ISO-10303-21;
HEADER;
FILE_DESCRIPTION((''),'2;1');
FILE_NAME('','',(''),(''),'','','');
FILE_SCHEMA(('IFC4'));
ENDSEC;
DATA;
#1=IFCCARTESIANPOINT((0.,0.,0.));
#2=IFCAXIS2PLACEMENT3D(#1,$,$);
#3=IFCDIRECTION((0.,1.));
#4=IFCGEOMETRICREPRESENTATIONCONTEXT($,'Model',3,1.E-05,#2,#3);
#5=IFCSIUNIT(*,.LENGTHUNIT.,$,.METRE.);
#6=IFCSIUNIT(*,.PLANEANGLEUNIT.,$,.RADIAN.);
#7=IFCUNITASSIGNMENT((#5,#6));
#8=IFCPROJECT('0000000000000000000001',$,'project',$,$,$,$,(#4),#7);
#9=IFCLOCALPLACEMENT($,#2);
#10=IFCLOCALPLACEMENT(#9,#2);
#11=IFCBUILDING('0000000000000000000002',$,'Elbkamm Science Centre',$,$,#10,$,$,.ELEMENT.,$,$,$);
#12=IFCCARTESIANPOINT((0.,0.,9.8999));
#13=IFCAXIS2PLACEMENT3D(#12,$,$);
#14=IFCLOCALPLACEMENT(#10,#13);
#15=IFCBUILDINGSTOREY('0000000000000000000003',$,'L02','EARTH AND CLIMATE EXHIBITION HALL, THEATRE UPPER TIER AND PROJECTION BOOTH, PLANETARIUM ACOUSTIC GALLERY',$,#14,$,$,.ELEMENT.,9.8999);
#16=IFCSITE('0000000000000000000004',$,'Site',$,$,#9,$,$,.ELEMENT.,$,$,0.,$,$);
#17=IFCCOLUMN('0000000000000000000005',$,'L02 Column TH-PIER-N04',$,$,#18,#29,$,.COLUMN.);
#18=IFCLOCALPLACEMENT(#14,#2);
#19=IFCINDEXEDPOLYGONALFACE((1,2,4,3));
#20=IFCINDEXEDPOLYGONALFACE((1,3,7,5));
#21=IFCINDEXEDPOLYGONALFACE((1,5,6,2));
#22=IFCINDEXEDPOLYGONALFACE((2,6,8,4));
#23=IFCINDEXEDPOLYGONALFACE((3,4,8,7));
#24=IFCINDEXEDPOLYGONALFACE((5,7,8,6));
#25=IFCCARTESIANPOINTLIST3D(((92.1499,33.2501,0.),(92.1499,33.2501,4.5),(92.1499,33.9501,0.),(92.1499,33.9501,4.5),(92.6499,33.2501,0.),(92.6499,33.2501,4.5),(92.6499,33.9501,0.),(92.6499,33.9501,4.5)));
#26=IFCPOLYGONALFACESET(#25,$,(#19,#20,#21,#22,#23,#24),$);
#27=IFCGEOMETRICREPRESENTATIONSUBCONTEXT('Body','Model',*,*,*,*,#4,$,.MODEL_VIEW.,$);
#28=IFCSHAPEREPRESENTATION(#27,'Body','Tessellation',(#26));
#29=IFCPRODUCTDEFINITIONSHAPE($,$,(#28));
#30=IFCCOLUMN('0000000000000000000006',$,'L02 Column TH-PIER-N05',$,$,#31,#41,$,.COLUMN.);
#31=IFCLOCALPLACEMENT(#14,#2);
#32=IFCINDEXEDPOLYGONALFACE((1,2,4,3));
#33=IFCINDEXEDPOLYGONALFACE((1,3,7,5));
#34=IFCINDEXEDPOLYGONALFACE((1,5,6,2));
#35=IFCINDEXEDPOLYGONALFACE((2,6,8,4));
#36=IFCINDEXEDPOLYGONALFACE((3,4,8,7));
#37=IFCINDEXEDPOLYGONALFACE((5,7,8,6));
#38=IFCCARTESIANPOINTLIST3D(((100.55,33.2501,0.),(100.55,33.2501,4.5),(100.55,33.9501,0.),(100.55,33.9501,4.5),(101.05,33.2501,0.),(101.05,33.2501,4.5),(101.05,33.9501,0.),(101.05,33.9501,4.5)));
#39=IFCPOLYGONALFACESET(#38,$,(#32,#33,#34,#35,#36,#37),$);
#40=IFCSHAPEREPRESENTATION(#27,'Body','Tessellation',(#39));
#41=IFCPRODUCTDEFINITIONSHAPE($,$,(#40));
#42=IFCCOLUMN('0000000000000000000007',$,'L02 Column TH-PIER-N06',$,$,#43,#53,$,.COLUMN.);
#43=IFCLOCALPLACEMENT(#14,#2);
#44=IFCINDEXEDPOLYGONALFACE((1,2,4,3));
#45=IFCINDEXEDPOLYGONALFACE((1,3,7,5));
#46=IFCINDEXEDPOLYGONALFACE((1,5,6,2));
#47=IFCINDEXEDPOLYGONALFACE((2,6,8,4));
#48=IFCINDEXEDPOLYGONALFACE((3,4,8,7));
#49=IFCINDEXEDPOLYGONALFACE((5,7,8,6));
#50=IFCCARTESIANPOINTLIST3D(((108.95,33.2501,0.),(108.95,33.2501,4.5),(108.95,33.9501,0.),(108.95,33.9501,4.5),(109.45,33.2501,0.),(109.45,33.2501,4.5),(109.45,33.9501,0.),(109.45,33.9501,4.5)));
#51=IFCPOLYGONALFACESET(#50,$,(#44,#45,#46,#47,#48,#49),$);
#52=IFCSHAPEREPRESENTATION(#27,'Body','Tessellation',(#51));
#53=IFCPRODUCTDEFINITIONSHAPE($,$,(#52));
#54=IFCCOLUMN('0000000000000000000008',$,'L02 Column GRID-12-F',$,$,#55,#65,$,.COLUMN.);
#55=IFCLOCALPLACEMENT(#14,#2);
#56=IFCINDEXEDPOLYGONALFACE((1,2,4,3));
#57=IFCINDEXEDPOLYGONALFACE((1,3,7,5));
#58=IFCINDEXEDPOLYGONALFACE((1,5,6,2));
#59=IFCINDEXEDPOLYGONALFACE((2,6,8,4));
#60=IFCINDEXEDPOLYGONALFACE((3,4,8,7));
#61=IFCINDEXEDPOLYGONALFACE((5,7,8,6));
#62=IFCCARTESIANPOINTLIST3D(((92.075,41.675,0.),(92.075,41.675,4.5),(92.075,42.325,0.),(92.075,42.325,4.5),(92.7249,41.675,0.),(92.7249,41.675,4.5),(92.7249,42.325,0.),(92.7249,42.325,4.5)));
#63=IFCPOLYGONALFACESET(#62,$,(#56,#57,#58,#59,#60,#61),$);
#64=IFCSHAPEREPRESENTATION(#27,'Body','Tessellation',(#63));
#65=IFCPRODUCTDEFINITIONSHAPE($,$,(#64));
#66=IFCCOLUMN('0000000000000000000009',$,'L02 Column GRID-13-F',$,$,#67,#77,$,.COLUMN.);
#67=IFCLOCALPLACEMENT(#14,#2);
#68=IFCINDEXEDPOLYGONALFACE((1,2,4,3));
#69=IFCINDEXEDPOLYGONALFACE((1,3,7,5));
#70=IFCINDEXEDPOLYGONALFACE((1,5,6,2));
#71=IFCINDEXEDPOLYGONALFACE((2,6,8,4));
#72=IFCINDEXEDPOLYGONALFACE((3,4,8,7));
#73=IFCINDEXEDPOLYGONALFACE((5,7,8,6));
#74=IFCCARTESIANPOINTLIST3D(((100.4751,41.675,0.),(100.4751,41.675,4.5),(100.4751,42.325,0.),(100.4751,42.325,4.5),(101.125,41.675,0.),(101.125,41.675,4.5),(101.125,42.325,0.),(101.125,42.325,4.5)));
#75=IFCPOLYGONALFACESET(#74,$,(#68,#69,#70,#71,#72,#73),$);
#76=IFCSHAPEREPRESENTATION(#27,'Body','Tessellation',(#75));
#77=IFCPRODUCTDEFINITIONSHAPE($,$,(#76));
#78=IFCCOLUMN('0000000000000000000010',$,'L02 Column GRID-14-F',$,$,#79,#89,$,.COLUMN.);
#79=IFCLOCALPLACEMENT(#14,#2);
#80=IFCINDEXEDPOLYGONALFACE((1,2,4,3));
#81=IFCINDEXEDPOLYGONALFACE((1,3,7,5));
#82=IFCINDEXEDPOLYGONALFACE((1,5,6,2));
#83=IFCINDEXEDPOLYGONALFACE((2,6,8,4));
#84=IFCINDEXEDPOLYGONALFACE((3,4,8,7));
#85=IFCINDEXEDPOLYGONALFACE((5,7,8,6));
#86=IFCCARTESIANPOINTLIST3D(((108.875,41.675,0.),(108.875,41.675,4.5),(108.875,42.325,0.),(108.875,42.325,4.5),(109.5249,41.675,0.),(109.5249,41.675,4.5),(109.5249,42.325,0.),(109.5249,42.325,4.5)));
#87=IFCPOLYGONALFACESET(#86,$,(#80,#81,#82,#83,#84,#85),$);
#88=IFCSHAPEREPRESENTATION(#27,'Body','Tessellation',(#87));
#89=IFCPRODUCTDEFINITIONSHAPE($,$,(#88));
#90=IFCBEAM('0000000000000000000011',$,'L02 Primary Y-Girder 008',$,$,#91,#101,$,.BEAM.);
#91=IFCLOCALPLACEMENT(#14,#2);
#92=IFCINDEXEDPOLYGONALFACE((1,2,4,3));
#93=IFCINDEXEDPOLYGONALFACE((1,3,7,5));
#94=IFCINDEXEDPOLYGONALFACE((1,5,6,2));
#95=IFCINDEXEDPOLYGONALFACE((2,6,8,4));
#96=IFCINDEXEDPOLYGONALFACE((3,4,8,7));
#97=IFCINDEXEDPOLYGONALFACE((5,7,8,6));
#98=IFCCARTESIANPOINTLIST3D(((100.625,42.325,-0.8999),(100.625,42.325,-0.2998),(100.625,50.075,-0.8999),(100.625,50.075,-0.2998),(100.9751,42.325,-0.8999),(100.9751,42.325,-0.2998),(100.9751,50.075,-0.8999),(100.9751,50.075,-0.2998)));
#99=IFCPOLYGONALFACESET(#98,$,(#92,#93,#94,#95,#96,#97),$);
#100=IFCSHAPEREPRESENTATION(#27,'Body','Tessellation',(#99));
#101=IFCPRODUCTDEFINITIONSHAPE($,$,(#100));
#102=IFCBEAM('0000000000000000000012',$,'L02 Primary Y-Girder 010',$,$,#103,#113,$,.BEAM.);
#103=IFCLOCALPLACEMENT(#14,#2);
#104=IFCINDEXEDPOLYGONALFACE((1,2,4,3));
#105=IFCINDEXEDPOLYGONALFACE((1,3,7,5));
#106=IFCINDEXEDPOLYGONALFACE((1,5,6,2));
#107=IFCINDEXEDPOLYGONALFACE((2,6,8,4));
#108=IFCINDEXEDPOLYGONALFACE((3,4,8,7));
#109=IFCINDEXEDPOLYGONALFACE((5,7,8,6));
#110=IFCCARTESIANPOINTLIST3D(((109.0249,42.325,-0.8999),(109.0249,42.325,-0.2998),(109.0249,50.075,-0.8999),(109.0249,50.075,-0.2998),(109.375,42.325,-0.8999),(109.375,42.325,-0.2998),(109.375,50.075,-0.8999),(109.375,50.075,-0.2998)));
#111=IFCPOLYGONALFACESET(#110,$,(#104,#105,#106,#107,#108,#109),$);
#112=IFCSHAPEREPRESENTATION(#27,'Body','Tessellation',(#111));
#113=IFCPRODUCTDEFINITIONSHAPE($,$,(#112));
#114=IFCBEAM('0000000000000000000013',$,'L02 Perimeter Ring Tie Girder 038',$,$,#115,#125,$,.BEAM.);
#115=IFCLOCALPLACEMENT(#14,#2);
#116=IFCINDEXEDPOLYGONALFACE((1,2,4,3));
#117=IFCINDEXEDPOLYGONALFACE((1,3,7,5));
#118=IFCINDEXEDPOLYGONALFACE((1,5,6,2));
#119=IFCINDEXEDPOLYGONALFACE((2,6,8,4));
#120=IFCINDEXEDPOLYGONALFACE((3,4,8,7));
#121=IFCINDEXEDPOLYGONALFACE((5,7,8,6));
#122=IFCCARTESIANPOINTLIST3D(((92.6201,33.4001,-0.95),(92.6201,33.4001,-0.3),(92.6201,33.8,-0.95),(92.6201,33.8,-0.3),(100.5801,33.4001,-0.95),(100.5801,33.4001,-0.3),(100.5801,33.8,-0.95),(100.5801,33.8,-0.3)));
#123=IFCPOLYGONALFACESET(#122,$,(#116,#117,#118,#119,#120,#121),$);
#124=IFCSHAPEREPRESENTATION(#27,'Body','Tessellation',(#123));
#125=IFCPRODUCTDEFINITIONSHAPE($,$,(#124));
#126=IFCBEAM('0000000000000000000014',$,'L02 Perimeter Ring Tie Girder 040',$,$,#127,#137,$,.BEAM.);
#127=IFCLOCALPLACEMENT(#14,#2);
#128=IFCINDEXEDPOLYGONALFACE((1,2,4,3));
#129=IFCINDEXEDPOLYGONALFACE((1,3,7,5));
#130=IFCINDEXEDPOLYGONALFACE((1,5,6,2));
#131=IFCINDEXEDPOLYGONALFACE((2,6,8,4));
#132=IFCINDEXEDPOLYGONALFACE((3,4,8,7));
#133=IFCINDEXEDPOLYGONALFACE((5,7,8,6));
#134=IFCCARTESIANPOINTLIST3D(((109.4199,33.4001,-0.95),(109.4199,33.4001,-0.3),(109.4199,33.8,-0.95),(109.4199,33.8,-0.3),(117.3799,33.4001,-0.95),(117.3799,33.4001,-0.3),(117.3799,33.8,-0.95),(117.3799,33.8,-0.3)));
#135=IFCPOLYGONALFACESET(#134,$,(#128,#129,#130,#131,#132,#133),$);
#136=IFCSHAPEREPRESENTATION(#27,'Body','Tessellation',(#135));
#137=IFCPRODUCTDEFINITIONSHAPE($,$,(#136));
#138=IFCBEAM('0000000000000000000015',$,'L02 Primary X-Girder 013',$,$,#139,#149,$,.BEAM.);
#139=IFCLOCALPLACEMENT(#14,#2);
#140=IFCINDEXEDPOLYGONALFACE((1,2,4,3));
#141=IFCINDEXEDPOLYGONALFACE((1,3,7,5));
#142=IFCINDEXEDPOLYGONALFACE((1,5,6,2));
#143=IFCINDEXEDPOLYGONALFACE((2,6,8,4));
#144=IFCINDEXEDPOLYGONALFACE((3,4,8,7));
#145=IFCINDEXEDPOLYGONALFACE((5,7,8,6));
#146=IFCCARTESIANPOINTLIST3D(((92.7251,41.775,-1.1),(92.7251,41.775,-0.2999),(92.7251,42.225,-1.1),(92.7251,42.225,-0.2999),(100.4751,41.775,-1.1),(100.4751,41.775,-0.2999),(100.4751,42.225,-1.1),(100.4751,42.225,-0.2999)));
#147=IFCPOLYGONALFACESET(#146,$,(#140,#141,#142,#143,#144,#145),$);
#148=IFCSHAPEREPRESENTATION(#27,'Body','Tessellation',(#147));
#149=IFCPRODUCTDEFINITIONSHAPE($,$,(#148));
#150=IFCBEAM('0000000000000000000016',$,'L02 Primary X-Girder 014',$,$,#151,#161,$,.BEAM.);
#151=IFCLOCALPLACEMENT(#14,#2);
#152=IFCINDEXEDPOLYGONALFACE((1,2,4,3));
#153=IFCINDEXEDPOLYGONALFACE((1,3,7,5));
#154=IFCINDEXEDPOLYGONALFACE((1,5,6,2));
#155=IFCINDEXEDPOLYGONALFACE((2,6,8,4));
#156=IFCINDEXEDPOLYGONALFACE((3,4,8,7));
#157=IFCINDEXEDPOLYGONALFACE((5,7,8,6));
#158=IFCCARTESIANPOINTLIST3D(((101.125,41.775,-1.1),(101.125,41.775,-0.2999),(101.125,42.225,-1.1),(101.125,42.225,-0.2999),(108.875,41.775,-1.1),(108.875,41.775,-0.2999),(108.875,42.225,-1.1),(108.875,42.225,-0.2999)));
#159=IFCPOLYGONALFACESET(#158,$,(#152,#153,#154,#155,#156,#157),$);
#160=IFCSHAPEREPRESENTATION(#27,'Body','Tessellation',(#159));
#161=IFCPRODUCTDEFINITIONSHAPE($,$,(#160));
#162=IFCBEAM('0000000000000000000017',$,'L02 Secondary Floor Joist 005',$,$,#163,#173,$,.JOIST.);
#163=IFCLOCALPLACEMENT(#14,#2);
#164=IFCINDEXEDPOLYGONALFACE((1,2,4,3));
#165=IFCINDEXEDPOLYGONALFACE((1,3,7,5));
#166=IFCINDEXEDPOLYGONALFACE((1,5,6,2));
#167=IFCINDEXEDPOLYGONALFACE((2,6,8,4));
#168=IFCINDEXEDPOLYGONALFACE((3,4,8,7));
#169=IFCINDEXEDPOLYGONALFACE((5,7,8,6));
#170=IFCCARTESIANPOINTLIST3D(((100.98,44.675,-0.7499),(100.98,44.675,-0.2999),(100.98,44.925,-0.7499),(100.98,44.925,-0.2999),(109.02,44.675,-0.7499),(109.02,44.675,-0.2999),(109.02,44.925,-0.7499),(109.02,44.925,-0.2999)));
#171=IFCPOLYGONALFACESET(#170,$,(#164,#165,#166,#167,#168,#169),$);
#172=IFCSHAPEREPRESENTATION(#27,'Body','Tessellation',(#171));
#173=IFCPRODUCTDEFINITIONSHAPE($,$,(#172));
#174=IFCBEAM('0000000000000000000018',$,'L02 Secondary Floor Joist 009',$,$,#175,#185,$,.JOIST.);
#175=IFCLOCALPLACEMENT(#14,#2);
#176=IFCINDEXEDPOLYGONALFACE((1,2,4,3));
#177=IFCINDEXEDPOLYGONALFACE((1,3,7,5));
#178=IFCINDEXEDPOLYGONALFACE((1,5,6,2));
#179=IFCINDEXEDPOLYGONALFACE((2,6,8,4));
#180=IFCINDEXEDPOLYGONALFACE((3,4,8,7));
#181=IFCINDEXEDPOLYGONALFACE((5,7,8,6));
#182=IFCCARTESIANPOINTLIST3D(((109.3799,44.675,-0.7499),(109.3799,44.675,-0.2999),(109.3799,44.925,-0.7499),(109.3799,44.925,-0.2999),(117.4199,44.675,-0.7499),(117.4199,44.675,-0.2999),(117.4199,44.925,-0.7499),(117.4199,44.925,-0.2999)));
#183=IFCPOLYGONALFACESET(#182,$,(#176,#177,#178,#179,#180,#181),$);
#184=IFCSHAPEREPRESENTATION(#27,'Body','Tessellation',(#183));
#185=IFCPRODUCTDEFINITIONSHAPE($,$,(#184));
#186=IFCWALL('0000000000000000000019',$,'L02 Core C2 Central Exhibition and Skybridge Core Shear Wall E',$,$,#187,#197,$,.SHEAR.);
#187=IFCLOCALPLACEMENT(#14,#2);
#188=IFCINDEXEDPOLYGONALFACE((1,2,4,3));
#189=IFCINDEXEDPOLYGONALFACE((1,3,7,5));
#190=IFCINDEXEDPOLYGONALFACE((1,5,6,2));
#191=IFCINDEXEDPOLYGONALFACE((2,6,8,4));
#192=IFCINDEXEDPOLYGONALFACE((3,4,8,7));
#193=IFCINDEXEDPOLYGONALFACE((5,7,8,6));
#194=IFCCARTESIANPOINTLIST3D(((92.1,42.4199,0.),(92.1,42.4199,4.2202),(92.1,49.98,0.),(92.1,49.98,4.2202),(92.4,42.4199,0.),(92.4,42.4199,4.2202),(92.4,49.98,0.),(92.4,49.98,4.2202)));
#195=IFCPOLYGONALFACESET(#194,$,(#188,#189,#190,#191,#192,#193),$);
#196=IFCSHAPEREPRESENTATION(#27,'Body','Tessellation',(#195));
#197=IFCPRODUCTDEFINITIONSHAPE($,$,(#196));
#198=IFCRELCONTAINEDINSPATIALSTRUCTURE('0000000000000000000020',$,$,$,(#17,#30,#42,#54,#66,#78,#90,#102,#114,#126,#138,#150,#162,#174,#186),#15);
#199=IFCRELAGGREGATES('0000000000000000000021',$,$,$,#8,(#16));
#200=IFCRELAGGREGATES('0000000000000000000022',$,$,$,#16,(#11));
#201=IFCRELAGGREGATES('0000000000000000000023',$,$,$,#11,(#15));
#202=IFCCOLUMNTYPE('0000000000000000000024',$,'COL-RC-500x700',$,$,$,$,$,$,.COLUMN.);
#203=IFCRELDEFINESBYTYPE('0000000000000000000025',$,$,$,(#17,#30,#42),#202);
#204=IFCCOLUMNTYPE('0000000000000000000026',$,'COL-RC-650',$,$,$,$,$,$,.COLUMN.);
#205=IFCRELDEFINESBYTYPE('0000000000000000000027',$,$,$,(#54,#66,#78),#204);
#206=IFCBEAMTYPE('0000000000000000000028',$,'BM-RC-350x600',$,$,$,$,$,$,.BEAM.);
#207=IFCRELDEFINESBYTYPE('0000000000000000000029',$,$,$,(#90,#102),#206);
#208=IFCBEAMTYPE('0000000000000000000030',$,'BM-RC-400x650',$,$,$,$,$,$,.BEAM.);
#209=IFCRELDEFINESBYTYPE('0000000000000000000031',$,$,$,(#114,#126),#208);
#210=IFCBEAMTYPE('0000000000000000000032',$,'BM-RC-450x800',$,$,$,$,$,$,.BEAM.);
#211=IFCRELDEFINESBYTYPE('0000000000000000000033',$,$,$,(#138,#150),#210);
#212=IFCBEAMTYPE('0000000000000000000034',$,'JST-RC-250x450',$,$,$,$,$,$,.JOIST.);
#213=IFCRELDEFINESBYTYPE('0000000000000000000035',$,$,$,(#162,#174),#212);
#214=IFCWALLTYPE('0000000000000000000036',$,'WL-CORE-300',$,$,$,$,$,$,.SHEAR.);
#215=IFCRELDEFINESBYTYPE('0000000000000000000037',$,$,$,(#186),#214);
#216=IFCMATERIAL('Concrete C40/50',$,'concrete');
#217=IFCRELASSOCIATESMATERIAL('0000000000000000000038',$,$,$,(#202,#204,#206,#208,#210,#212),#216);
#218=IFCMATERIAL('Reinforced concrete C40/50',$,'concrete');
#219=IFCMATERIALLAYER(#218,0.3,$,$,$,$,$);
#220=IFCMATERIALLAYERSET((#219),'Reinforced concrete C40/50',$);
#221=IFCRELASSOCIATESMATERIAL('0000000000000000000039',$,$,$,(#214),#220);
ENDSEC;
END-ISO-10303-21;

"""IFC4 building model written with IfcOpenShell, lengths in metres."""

from ifc_helpers import new_model, si_unit, direction, frame, frame_2d, origin, origin_2d, place, context, subcontext, project, spatial, rectangle, extrude, material, layer, layer_set, material_profile, profile_set, type_object, element, save


model = new_model("IFC4")

# Units and contexts
model_context = context("Model", 3, precision=1e-05, world=origin(), true_north=direction((0.0, 1.0)))
body_context = subcontext(model_context, "Body", "Model", "MODEL_VIEW")
ifc_project = project(units=[si_unit("LENGTHUNIT", "METRE"), si_unit("PLANEANGLEUNIT", "RADIAN")], contexts=[model_context])

# Site, building, storey
site_placement = place(None, origin())
site = spatial("IfcSite", under=ifc_project, at=site_placement, Name="Site", CompositionType="ELEMENT", RefElevation=0.0)
building_placement = place(site_placement, origin())
building = spatial("IfcBuilding", under=site, at=building_placement, Name="Elbkamm Science Centre", CompositionType="ELEMENT")
storey_placement = place(building_placement, frame((0.0, 0.0, 9.8999)))
storey = spatial("IfcBuildingStorey", under=building, at=storey_placement, Name="L02", Description="EARTH AND CLIMATE EXHIBITION HALL, THEATRE UPPER TIER AND PROJECTION BOOTH, PLANETARIUM ACOUSTIC GALLERY", CompositionType="ELEMENT", Elevation=9.8999)

# Columns
ifc_material_1 = material(Name="Concrete C40/50", Category="concrete")
ifc_material_profile_1 = material_profile(ifc_material_1, rectangle(XDim=0.5, YDim=0.7, at=origin_2d()), Name="RC 500x700")
ifc_profile_set_1 = profile_set([ifc_material_profile_1], Name="Concrete C40/50")
column_type_1 = type_object("IfcColumnType", Name="COL-RC-500x700", PredefinedType="COLUMN", material=ifc_profile_set_1)
for number, where, z_axis, x_axis, name in (
    (1, (92.3999, 33.6001, 0.0), (0.0, 0.0, 1.0), (1.0, 0.0, 0.0), "L02 Column TH-PIER-N04"),
    (2, (100.8, 33.6001, 0.0), (0.0, 0.0, 1.0), (1.0, 0.0, 0.0), "L02 Column TH-PIER-N05"),
    (3, (109.2, 33.6001, 0.0), (0.0, 0.0, 1.0), (1.0, 0.0, 0.0), "L02 Column TH-PIER-N06"),
):
    element("IfcColumn", number, at=place(storey_placement, frame(where, z_axis=z_axis, x_axis=x_axis)), inside=storey, type_object=column_type_1, Name=name, PredefinedType="COLUMN", context=body_context, shape_type="SweptSolid", body=[
        extrude(rectangle(XDim=0.5, YDim=0.7, at=origin_2d()), origin(), (0.0, 0.0, 1.0), 4.5),
    ])
ifc_material_profile_2 = material_profile(ifc_material_1, rectangle(XDim=0.6499, YDim=0.6499, at=origin_2d()), Name="RC 650x650")
ifc_profile_set_2 = profile_set([ifc_material_profile_2], Name="Concrete C40/50")
column_type_2 = type_object("IfcColumnType", Name="COL-RC-650", PredefinedType="COLUMN", material=ifc_profile_set_2)
for number, where, z_axis, x_axis, name in (
    (4, (92.3999, 42.0, 0.0), (0.0, 0.0, 1.0), (1.0, 0.0, 0.0), "L02 Column GRID-12-F"),
    (5, (100.8, 42.0, 0.0), (0.0, 0.0, 1.0), (1.0, 0.0, 0.0), "L02 Column GRID-13-F"),
    (6, (109.2, 42.0, 0.0), (0.0, 0.0, 1.0), (1.0, 0.0, 0.0), "L02 Column GRID-14-F"),
):
    element("IfcColumn", number, at=place(storey_placement, frame(where, z_axis=z_axis, x_axis=x_axis)), inside=storey, type_object=column_type_2, Name=name, PredefinedType="COLUMN", context=body_context, shape_type="SweptSolid", body=[
        extrude(rectangle(XDim=0.6499, YDim=0.6499, at=origin_2d()), origin(), (0.0, 0.0, 1.0), 4.5),
    ])

# Beams
ifc_material_profile_3 = material_profile(ifc_material_1, rectangle(XDim=0.3501, YDim=0.6001, at=origin_2d()), Name="RC 350x600")
ifc_profile_set_3 = profile_set([ifc_material_profile_3], Name="Concrete C40/50")
beam_type_1 = type_object("IfcBeamType", Name="BM-RC-350x600", PredefinedType="BEAM", material=ifc_profile_set_3)
for number, where, z_axis, x_axis, name in (
    (7, (100.8, 42.325, -0.5999), (0.0, 1.0, 0.0), (-1.0, 0.0, 0.0), "L02 Primary Y-Girder 008"),
    (8, (109.2, 42.325, -0.5999), (0.0, 1.0, 0.0), (-1.0, 0.0, 0.0), "L02 Primary Y-Girder 010"),
):
    element("IfcBeam", number, at=place(storey_placement, frame(where, z_axis=z_axis, x_axis=x_axis)), inside=storey, type_object=beam_type_1, Name=name, PredefinedType="BEAM", context=body_context, shape_type="SweptSolid", body=[
        extrude(rectangle(XDim=0.3501, YDim=0.6001, at=origin_2d()), origin(), (0.0, 0.0, 1.0), 7.75),
    ])
ifc_material_profile_4 = material_profile(ifc_material_1, rectangle(XDim=0.3999, YDim=0.6499, at=origin_2d()), Name="RC 400x650")
ifc_profile_set_4 = profile_set([ifc_material_profile_4], Name="Concrete C40/50")
beam_type_2 = type_object("IfcBeamType", Name="BM-RC-400x650", PredefinedType="BEAM", material=ifc_profile_set_4)
for number, where, z_axis, x_axis, name in (
    (9, (92.6201, 33.6001, -0.625), (1.0, 0.0, 0.0), (0.0, 1.0, 0.0), "L02 Perimeter Ring Tie Girder 038"),
    (10, (109.4199, 33.6001, -0.625), (1.0, 0.0, 0.0), (0.0, 1.0, 0.0), "L02 Perimeter Ring Tie Girder 040"),
):
    element("IfcBeam", number, at=place(storey_placement, frame(where, z_axis=z_axis, x_axis=x_axis)), inside=storey, type_object=beam_type_2, Name=name, PredefinedType="BEAM", context=body_context, shape_type="SweptSolid", body=[
        extrude(rectangle(XDim=0.3999, YDim=0.6499, at=origin_2d()), origin(), (0.0, 0.0, 1.0), 7.96),
    ])
ifc_material_profile_5 = material_profile(ifc_material_1, rectangle(XDim=0.45, YDim=0.8, at=origin_2d()), Name="RC 450x800")
ifc_profile_set_5 = profile_set([ifc_material_profile_5], Name="Concrete C40/50")
beam_type_3 = type_object("IfcBeamType", Name="BM-RC-450x800", PredefinedType="BEAM", material=ifc_profile_set_5)
for number, where, z_axis, x_axis, name in (
    (11, (92.7251, 42.0, -0.7), (1.0, 0.0, 0.0), (0.0, 1.0, 0.0), "L02 Primary X-Girder 013"),
    (12, (101.125, 42.0, -0.7), (1.0, 0.0, 0.0), (0.0, 1.0, 0.0), "L02 Primary X-Girder 014"),
):
    element("IfcBeam", number, at=place(storey_placement, frame(where, z_axis=z_axis, x_axis=x_axis)), inside=storey, type_object=beam_type_3, Name=name, PredefinedType="BEAM", context=body_context, shape_type="SweptSolid", body=[
        extrude(rectangle(XDim=0.45, YDim=0.8, at=origin_2d()), origin(), (0.0, 0.0, 1.0), 7.75),
    ])
ifc_material_profile_6 = material_profile(ifc_material_1, rectangle(XDim=0.25, YDim=0.45, at=origin_2d()), Name="RC 250x450")
ifc_profile_set_6 = profile_set([ifc_material_profile_6], Name="Concrete C40/50")
beam_type_4 = type_object("IfcBeamType", Name="JST-RC-250x450", PredefinedType="JOIST", material=ifc_profile_set_6)
for number, where, z_axis, x_axis, name in (
    (13, (100.98, 44.8, -0.5249), (1.0, 0.0, 0.0), (0.0, 1.0, 0.0), "L02 Secondary Floor Joist 005"),
    (14, (109.3799, 44.8, -0.5249), (1.0, 0.0, 0.0), (0.0, 1.0, 0.0), "L02 Secondary Floor Joist 009"),
):
    element("IfcBeam", number, at=place(storey_placement, frame(where, z_axis=z_axis, x_axis=x_axis)), inside=storey, type_object=beam_type_4, Name=name, PredefinedType="JOIST", context=body_context, shape_type="SweptSolid", body=[
        extrude(rectangle(XDim=0.25, YDim=0.45, at=origin_2d()), origin(), (0.0, 0.0, 1.0), 8.04),
    ])

# Wall
ifc_material_2 = material(Name="Reinforced concrete C40/50", Category="concrete")
ifc_layer_1 = layer(ifc_material_2, 0.3)
ifc_layer_set_1 = layer_set([ifc_layer_1], Name="Reinforced concrete C40/50")
wall_type_1 = type_object("IfcWallType", Name="WL-CORE-300", PredefinedType="SHEAR", material=ifc_layer_set_1)
wall_1_placement = place(storey_placement, frame((92.25, 42.4199, 0.0), z_axis=(0.0, 0.0, 1.0), x_axis=(0.0, 1.0, 0.0)))
element("IfcWall", 15, at=wall_1_placement, inside=storey, type_object=wall_type_1, Name="L02 Core C2 Central Exhibition and Skybridge Core Shear Wall E", PredefinedType="SHEAR", context=body_context, shape_type="SweptSolid", body=[
    extrude(rectangle(XDim=7.5601, YDim=0.3, at=frame_2d((3.78, 0.0))), origin(), (0.0, 0.0, 1.0), 4.2202),
])

save(model, "model.ifc")
